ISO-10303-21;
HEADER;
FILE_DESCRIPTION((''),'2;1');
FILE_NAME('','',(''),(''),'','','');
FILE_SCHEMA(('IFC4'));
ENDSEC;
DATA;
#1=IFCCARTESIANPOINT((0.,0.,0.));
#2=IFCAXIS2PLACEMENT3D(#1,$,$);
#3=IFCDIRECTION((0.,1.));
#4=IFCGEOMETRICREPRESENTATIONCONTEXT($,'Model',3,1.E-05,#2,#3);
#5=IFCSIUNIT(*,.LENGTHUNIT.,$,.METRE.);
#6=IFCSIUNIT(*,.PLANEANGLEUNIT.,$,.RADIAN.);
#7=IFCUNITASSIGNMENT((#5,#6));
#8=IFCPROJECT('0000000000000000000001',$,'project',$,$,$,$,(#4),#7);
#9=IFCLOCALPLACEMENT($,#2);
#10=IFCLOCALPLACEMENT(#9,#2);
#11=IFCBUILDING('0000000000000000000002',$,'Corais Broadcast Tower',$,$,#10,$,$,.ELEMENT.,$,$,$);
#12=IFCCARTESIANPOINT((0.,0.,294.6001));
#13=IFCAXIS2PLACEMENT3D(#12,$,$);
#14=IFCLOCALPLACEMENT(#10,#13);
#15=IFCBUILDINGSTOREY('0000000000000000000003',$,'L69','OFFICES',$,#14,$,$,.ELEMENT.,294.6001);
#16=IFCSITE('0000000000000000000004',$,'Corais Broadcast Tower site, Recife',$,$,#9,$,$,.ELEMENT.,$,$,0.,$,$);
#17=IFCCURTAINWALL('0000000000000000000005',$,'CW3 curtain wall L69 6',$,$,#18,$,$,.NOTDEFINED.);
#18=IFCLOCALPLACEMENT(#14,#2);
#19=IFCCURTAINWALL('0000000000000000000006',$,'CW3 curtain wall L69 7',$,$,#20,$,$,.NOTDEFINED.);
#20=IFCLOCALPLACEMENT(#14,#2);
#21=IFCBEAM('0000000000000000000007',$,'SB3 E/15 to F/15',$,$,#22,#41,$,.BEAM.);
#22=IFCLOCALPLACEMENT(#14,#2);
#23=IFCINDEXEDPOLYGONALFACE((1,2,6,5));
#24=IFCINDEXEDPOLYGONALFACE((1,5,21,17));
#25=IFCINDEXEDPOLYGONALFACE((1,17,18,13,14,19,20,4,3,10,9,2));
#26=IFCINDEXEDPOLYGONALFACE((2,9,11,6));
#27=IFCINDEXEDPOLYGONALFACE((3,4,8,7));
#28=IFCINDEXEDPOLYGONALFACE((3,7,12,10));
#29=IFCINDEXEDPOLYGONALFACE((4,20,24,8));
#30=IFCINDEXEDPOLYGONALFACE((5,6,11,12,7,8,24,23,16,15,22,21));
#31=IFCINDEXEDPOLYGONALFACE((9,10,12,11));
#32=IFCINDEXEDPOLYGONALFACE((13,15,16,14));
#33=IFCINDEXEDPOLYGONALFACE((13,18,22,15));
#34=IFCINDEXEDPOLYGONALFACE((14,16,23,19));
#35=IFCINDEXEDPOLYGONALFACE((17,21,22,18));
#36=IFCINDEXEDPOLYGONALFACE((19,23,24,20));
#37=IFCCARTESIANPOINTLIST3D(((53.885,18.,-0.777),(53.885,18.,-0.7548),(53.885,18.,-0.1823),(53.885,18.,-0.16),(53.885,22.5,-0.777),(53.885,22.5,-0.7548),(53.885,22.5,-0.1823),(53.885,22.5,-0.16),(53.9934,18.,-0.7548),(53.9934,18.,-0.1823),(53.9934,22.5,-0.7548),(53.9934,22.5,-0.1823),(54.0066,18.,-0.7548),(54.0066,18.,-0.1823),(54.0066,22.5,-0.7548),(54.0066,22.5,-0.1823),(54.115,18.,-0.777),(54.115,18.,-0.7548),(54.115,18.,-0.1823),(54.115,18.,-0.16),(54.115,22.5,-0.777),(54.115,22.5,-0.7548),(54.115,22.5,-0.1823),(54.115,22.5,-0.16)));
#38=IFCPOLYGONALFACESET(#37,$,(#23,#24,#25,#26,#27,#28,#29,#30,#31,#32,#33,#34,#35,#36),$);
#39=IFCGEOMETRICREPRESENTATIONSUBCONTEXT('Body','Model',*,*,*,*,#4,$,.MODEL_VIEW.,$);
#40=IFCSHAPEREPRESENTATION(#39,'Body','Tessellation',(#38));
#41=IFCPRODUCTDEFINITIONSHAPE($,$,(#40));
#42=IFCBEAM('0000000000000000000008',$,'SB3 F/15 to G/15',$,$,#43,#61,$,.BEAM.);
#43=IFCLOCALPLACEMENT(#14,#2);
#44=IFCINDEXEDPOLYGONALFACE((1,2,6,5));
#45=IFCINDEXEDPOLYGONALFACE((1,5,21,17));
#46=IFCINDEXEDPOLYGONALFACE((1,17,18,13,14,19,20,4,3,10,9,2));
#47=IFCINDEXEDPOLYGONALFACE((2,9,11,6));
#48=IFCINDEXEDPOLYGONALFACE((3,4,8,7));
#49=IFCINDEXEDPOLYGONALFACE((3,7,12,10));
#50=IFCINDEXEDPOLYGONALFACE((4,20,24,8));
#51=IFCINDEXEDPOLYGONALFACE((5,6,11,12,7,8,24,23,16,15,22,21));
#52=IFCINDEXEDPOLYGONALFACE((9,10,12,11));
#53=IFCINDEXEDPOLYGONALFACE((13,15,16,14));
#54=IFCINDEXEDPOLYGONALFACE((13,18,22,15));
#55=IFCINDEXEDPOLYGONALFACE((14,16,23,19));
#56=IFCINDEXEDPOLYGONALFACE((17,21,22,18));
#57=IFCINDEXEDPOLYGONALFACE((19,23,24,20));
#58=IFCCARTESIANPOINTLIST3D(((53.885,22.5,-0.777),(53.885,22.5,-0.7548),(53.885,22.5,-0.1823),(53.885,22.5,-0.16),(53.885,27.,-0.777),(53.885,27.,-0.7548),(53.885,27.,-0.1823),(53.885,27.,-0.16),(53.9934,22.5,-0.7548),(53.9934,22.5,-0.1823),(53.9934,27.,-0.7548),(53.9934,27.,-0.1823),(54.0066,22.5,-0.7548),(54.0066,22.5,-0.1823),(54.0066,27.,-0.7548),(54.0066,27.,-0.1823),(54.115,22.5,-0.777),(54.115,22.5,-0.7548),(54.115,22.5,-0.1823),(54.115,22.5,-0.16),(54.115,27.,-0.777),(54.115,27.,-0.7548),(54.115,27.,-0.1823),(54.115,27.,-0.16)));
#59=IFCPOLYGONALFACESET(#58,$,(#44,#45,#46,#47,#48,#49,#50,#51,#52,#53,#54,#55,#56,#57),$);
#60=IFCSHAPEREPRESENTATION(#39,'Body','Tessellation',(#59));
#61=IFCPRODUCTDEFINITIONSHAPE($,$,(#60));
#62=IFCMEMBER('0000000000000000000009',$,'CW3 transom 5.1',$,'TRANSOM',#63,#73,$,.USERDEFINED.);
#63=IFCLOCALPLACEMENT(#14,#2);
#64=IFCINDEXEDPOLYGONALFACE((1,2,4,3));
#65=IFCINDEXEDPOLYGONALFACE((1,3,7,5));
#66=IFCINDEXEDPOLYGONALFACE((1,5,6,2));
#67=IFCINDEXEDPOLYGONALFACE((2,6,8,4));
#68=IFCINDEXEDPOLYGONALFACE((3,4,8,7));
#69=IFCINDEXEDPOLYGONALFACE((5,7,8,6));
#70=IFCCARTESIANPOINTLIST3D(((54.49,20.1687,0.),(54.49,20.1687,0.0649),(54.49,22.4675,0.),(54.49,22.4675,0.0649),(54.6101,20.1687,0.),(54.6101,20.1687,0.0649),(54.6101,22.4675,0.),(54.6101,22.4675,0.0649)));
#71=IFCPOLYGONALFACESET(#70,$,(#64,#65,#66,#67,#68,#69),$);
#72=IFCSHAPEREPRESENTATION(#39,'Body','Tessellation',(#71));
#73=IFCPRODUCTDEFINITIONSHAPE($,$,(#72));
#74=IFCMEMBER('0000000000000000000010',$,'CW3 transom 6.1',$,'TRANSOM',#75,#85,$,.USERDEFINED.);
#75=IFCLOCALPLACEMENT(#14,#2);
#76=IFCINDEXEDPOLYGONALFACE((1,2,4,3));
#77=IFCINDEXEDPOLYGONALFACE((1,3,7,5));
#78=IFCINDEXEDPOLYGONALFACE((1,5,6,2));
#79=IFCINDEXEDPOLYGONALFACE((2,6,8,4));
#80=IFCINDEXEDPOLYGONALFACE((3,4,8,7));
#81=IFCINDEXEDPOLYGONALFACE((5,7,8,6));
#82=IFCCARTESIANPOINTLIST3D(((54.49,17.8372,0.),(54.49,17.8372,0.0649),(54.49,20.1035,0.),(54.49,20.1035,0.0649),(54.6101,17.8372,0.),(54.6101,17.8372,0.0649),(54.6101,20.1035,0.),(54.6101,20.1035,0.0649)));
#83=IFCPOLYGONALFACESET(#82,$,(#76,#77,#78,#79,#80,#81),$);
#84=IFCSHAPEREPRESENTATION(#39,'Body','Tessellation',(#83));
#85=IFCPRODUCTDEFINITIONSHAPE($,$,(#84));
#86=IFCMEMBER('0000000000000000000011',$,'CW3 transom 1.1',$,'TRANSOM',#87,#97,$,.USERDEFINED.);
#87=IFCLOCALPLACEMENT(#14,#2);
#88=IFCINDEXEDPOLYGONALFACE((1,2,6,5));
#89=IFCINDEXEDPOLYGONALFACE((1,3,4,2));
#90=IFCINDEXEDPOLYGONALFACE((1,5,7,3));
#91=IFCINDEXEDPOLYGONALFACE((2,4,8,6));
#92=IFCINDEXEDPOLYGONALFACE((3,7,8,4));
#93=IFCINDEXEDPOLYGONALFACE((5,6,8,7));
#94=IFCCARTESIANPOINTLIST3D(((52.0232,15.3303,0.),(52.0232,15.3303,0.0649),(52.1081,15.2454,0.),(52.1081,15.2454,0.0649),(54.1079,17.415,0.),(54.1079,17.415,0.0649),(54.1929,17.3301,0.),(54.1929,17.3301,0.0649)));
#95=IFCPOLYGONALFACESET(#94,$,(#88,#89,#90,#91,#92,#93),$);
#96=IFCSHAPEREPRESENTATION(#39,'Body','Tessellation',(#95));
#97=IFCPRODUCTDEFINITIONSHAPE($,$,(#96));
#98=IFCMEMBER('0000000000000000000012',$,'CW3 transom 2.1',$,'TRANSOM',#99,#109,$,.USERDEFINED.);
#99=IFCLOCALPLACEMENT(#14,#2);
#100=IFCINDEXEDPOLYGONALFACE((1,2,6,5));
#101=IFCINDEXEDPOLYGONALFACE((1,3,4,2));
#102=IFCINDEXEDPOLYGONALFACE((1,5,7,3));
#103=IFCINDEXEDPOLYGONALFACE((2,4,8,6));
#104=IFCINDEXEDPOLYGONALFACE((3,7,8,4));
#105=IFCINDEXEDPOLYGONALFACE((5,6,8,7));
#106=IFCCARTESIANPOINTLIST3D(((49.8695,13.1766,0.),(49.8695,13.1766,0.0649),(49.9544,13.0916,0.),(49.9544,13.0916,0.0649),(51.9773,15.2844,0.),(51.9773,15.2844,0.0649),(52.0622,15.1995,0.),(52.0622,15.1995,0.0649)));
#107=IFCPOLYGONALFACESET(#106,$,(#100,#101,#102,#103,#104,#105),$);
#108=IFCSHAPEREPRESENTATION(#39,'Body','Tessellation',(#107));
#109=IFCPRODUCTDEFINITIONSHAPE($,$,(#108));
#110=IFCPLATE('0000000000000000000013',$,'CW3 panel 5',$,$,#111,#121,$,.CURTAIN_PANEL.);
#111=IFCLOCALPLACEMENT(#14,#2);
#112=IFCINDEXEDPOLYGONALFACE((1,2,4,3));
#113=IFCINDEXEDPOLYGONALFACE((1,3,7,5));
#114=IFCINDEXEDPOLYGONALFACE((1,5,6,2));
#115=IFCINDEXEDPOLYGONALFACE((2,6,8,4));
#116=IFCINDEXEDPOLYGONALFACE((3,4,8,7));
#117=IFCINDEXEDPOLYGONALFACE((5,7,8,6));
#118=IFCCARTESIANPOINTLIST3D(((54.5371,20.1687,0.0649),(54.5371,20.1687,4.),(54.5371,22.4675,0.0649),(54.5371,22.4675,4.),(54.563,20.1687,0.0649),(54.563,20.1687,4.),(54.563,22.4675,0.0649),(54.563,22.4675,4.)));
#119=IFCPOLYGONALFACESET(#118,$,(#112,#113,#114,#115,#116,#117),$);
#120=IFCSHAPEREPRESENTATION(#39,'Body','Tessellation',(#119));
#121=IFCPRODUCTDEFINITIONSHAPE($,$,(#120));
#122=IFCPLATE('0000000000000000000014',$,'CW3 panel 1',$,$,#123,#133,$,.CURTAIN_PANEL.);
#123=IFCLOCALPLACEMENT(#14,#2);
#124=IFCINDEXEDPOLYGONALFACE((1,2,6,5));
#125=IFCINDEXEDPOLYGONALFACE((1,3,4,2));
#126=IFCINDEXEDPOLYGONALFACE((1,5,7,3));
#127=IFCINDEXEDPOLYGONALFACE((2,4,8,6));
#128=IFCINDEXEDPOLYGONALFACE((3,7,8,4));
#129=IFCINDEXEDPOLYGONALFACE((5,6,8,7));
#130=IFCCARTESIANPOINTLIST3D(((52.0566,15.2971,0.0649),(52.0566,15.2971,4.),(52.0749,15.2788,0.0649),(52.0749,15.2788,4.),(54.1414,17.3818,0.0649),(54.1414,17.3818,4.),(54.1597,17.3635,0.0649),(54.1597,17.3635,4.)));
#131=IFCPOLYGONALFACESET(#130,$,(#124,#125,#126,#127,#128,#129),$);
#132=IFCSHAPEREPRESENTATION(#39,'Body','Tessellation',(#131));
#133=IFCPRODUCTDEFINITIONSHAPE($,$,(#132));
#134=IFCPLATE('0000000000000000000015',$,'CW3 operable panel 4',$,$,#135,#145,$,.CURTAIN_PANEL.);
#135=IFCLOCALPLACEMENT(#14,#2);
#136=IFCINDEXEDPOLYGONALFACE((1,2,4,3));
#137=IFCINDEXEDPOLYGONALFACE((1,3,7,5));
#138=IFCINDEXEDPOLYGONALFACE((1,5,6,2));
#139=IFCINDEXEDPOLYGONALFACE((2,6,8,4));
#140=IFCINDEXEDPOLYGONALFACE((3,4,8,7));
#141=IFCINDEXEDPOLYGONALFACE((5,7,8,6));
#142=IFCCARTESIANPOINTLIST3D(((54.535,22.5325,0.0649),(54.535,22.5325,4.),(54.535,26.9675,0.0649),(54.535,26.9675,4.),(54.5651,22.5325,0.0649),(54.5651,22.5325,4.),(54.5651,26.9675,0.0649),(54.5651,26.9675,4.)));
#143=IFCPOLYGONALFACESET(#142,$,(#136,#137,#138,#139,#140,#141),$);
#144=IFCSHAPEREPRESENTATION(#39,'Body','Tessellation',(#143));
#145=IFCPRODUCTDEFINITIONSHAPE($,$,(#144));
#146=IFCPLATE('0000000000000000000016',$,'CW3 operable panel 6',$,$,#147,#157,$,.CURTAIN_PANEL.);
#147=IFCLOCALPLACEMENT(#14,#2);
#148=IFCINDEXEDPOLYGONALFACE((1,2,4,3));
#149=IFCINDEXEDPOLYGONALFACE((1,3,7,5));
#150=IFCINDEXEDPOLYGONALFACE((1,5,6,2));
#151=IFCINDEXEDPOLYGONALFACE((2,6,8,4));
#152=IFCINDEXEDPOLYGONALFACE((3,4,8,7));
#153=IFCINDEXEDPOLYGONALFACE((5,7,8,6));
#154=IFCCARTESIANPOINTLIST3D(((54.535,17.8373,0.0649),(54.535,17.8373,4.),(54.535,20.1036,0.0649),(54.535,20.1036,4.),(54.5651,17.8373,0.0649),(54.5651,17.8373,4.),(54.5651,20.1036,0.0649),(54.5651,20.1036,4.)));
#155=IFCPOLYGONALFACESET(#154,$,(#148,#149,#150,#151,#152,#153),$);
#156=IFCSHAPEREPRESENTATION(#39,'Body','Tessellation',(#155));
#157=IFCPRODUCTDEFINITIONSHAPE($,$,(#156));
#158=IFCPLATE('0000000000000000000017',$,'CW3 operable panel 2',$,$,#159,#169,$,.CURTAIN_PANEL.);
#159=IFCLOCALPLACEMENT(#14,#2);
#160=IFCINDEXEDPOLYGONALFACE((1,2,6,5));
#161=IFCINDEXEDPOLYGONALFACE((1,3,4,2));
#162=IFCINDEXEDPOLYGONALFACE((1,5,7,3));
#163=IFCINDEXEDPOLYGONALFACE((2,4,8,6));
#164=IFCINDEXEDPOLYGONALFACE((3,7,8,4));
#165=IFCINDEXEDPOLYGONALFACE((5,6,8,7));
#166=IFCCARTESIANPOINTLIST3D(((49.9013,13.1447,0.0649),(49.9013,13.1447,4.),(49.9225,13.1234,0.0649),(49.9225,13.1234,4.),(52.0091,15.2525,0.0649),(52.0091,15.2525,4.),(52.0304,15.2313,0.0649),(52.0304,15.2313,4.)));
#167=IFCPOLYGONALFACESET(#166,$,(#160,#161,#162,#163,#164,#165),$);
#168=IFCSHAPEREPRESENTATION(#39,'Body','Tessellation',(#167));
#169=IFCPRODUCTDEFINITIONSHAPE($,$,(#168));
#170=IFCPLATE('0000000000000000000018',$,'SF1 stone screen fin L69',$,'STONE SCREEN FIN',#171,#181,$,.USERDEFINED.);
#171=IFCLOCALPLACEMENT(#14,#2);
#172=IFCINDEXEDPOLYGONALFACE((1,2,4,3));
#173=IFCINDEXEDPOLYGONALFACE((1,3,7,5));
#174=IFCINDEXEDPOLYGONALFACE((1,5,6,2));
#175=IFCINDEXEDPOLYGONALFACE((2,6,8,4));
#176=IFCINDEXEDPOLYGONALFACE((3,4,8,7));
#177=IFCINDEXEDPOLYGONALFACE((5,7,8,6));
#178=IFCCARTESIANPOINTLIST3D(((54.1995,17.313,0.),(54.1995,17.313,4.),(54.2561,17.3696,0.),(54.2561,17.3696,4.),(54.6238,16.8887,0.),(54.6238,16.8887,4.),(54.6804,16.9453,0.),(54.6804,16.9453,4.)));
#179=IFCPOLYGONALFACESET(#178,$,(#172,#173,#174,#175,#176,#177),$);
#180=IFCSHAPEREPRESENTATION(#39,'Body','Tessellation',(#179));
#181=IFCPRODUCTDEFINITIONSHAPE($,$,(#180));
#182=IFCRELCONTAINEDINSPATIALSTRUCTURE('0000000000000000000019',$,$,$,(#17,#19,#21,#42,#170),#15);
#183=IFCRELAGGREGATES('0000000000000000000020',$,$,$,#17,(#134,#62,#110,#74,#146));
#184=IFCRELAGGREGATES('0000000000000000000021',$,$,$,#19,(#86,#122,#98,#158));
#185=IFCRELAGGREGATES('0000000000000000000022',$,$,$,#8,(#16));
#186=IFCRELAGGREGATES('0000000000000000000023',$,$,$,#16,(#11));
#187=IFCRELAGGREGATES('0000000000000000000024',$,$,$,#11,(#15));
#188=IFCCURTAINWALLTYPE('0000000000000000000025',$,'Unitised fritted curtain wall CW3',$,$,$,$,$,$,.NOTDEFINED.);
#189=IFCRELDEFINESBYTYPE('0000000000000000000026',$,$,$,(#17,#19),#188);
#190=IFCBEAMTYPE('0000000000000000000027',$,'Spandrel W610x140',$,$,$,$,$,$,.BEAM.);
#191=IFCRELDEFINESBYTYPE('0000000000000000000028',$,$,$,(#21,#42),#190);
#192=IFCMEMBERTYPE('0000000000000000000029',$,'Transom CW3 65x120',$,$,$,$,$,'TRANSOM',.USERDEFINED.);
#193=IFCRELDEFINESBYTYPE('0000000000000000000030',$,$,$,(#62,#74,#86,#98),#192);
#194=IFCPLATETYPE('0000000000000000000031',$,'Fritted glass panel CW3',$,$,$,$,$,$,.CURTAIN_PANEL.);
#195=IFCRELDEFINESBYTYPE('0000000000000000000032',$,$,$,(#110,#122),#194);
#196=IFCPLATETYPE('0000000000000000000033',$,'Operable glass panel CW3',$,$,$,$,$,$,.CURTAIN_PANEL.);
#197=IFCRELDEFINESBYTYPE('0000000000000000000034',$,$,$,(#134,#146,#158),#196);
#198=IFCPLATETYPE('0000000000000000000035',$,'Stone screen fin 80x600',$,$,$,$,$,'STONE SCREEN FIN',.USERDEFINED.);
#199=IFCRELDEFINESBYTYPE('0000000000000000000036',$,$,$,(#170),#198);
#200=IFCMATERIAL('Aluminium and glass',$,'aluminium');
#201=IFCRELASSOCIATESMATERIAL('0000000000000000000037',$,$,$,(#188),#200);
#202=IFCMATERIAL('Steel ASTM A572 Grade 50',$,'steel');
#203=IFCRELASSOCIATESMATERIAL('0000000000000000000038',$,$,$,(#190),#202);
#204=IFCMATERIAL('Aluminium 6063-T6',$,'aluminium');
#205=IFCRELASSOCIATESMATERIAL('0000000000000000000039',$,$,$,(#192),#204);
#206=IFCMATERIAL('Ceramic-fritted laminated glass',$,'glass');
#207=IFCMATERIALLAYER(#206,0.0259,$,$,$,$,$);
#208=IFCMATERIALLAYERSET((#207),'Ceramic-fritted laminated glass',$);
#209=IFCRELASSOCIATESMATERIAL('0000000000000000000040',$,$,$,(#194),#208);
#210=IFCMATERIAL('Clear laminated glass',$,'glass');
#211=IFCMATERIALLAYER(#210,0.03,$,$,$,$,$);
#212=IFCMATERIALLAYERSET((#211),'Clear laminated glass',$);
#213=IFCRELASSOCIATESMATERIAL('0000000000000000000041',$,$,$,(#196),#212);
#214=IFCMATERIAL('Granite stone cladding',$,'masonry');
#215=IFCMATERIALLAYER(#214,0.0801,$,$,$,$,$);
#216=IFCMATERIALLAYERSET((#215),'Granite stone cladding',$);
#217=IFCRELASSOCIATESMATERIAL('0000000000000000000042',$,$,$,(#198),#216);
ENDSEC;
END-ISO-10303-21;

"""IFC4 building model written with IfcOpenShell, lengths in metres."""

from ifc_helpers import new_model, si_unit, direction, frame, origin, origin_2d, place, context, subcontext, project, spatial, rectangle, i_section, extrude, material, layer, layer_set, material_profile, profile_set, type_object, element, aggregate, save


model = new_model("IFC4")

# Units and contexts
model_context = context("Model", 3, precision=1e-05, world=origin(), true_north=direction((0.0, 1.0)))
body_context = subcontext(model_context, "Body", "Model", "MODEL_VIEW")
ifc_project = project(units=[si_unit("LENGTHUNIT", "METRE"), si_unit("PLANEANGLEUNIT", "RADIAN")], contexts=[model_context])

# Site, building, storey
site_placement = place(None, origin())
site = spatial("IfcSite", under=ifc_project, at=site_placement, Name="Corais Broadcast Tower site, Recife", CompositionType="ELEMENT", RefElevation=0.0)
building_placement = place(site_placement, origin())
building = spatial("IfcBuilding", under=site, at=building_placement, Name="Corais Broadcast Tower", CompositionType="ELEMENT")
storey_placement = place(building_placement, frame((0.0, 0.0, 294.6001)))
storey = spatial("IfcBuildingStorey", under=building, at=storey_placement, Name="L69", Description="OFFICES", CompositionType="ELEMENT", Elevation=294.6001)

# Curtain walls
ifc_material_1 = material(Name="Aluminium and glass", Category="aluminium")
curtain_wall_type = type_object("IfcCurtainWallType", Name="Unitised fritted curtain wall CW3", PredefinedType="NOTDEFINED", material=ifc_material_1)
curtain_wall_1_placement = place(storey_placement, origin())
curtain_wall_1 = element("IfcCurtainWall", 1, at=curtain_wall_1_placement, inside=storey, type_object=curtain_wall_type, Name="CW3 curtain wall L69 6", PredefinedType="NOTDEFINED")
curtain_wall_2_placement = place(storey_placement, origin())
curtain_wall_2 = element("IfcCurtainWall", 2, at=curtain_wall_2_placement, inside=storey, type_object=curtain_wall_type, Name="CW3 curtain wall L69 7", PredefinedType="NOTDEFINED")

# Beams
ifc_material_2 = material(Name="Steel ASTM A572 Grade 50", Category="steel")
ifc_material_profile_1 = material_profile(ifc_material_2, i_section(OverallWidth=0.23, OverallDepth=0.6169, WebThickness=0.0132, FlangeThickness=0.0222, at=origin_2d()), Name="W610x140")
ifc_profile_set_1 = profile_set([ifc_material_profile_1], Name="Steel ASTM A572 Grade 50")
beam_type_1 = type_object("IfcBeamType", Name="Spandrel W610x140", PredefinedType="BEAM", material=ifc_profile_set_1)
for number, where, z_axis, x_axis, name in (
    (3, (54.0, 18.0, -0.4685), (0.0, 1.0, 0.0), (-1.0, 0.0, 0.0), "SB3 E/15 to F/15"),
    (4, (54.0, 22.5, -0.4685), (0.0, 1.0, 0.0), (-1.0, 0.0, 0.0), "SB3 F/15 to G/15"),
):
    element("IfcBeam", number, at=place(storey_placement, frame(where, z_axis=z_axis, x_axis=x_axis)), inside=storey, type_object=beam_type_1, Name=name, PredefinedType="BEAM", context=body_context, shape_type="SweptSolid", body=[
        extrude(i_section(OverallWidth=0.23, OverallDepth=0.6169, WebThickness=0.0132, FlangeThickness=0.0222, at=origin_2d()), origin(), (0.0, 0.0, 1.0), 4.5),
    ])

# Members
ifc_material_3 = material(Name="Aluminium 6063-T6", Category="aluminium")
ifc_material_profile_2 = material_profile(ifc_material_3, rectangle(XDim=0.1201, YDim=0.0649, at=origin_2d()), Name="Transom CW3 65x120")
ifc_profile_set_2 = profile_set([ifc_material_profile_2], Name="Aluminium 6063-T6")
member_type_1 = type_object("IfcMemberType", Name="Transom CW3 65x120", ElementType="TRANSOM", PredefinedType="USERDEFINED", material=ifc_profile_set_2)
member_1_placement = place(storey_placement, frame((54.55, 22.4675, 0.0325), z_axis=(0.0, -1.0, 0.0), x_axis=(1.0, 0.0, 0.0)))
member_1 = element("IfcMember", 5, at=member_1_placement, type_object=member_type_1, Name="CW3 transom 5.1", ObjectType="TRANSOM", PredefinedType="USERDEFINED", context=body_context, shape_type="SweptSolid", body=[
    extrude(rectangle(XDim=0.1201, YDim=0.0649, at=origin_2d()), origin(), (0.0, 0.0, 1.0), 2.2988),
])
member_2_placement = place(storey_placement, frame((54.55, 20.1035, 0.0325), z_axis=(0.0, -1.0, 0.0), x_axis=(1.0, 0.0, 0.0)))
member_2 = element("IfcMember", 6, at=member_2_placement, type_object=member_type_1, Name="CW3 transom 6.1", ObjectType="TRANSOM", PredefinedType="USERDEFINED", context=body_context, shape_type="SweptSolid", body=[
    extrude(rectangle(XDim=0.1201, YDim=0.0649, at=origin_2d()), origin(), (0.0, 0.0, 1.0), 2.2664),
])
member_3_placement = place(storey_placement, frame((54.1504, 17.3726, 0.0325), z_axis=(-0.707107, -0.707107, 0.0), x_axis=(0.707107, -0.707107, 0.0)))
member_3 = element("IfcMember", 7, at=member_3_placement, type_object=member_type_1, Name="CW3 transom 1.1", ObjectType="TRANSOM", PredefinedType="USERDEFINED", context=body_context, shape_type="SweptSolid", body=[
    extrude(rectangle(XDim=0.1201, YDim=0.0649, at=origin_2d()), origin(), (0.0, 0.0, 1.0), 2.9482),
])
member_4_placement = place(storey_placement, frame((52.0198, 15.2419, 0.0325), z_axis=(-0.707107, -0.707107, 0.0), x_axis=(0.707107, -0.707107, 0.0)))
member_4 = element("IfcMember", 8, at=member_4_placement, type_object=member_type_1, Name="CW3 transom 2.1", ObjectType="TRANSOM", PredefinedType="USERDEFINED", context=body_context, shape_type="SweptSolid", body=[
    extrude(rectangle(XDim=0.1201, YDim=0.0649, at=origin_2d()), origin(), (0.0, 0.0, 1.0), 2.981),
])

# Plates
ifc_material_4 = material(Name="Ceramic-fritted laminated glass", Category="glass")
ifc_layer_1 = layer(ifc_material_4, 0.0259)
ifc_layer_set_1 = layer_set([ifc_layer_1], Name="Ceramic-fritted laminated glass")
plate_type_1 = type_object("IfcPlateType", Name="Fritted glass panel CW3", PredefinedType="CURTAIN_PANEL", material=ifc_layer_set_1)
plate_1_placement = place(storey_placement, frame((54.55, 21.3181, 0.0649), z_axis=(0.0, 0.0, 1.0), x_axis=(0.0, -1.0, 0.0)))
plate_1 = element("IfcPlate", 9, at=plate_1_placement, type_object=plate_type_1, Name="CW3 panel 5", PredefinedType="CURTAIN_PANEL", context=body_context, shape_type="SweptSolid", body=[
    extrude(rectangle(XDim=2.2988, YDim=0.0259, at=origin_2d()), origin(), (0.0, 0.0, 1.0), 3.9351),
])
plate_2_placement = place(storey_placement, frame((53.1082, 16.3303, 0.0649), z_axis=(0.0, 0.0, 1.0), x_axis=(-0.707107, -0.707107, 0.0)))
plate_2 = element("IfcPlate", 10, at=plate_2_placement, type_object=plate_type_1, Name="CW3 panel 1", PredefinedType="CURTAIN_PANEL", context=body_context, shape_type="SweptSolid", body=[
    extrude(rectangle(XDim=2.9482, YDim=0.0259, at=origin_2d()), origin(), (0.0, 0.0, 1.0), 3.9351),
])
ifc_material_5 = material(Name="Clear laminated glass", Category="glass")
ifc_layer_2 = layer(ifc_material_5, 0.03)
ifc_layer_set_2 = layer_set([ifc_layer_2], Name="Clear laminated glass")
plate_type_2 = type_object("IfcPlateType", Name="Operable glass panel CW3", PredefinedType="CURTAIN_PANEL", material=ifc_layer_set_2)
plate_3_placement = place(storey_placement, frame((54.55, 24.75, 0.0649), z_axis=(0.0, 0.0, 1.0), x_axis=(0.0, -1.0, 0.0)))
plate_3 = element("IfcPlate", 11, at=plate_3_placement, type_object=plate_type_2, Name="CW3 operable panel 4", PredefinedType="CURTAIN_PANEL", context=body_context, shape_type="SweptSolid", body=[
    extrude(rectangle(XDim=4.4351, YDim=0.03, at=origin_2d()), origin(), (0.0, 0.0, 1.0), 3.9351),
])
plate_4_placement = place(storey_placement, frame((54.55, 18.9705, 0.0649), z_axis=(0.0, 0.0, 1.0), x_axis=(0.0, -1.0, 0.0)))
plate_4 = element("IfcPlate", 12, at=plate_4_placement, type_object=plate_type_2, Name="CW3 operable panel 6", PredefinedType="CURTAIN_PANEL", context=body_context, shape_type="SweptSolid", body=[
    extrude(rectangle(XDim=2.2664, YDim=0.03, at=origin_2d()), origin(), (0.0, 0.0, 1.0), 3.9351),
])
aggregate(curtain_wall_1, [plate_3, member_1, plate_1, member_2, plate_4])
plate_5_placement = place(storey_placement, frame((50.9658, 14.188, 0.0649), z_axis=(0.0, 0.0, 1.0), x_axis=(-0.707107, -0.707107, 0.0)))
plate_5 = element("IfcPlate", 13, at=plate_5_placement, type_object=plate_type_2, Name="CW3 operable panel 2", PredefinedType="CURTAIN_PANEL", context=body_context, shape_type="SweptSolid", body=[
    extrude(rectangle(XDim=2.981, YDim=0.03, at=origin_2d()), origin(), (0.0, 0.0, 1.0), 3.9351),
])
aggregate(curtain_wall_2, [member_3, plate_2, member_4, plate_5])
ifc_material_6 = material(Name="Granite stone cladding", Category="masonry")
ifc_layer_3 = layer(ifc_material_6, 0.0801)
ifc_layer_set_3 = layer_set([ifc_layer_3], Name="Granite stone cladding")
plate_type_3 = type_object("IfcPlateType", Name="Stone screen fin 80x600", ElementType="STONE SCREEN FIN", PredefinedType="USERDEFINED", material=ifc_layer_set_3)
plate_6_placement = place(storey_placement, frame((54.4399, 17.1292, 0.0), z_axis=(0.0, 0.0, 1.0), x_axis=(-0.707107, -0.707107, 0.0)))
element("IfcPlate", 14, at=plate_6_placement, inside=storey, type_object=plate_type_3, Name="SF1 stone screen fin L69", ObjectType="STONE SCREEN FIN", PredefinedType="USERDEFINED", context=body_context, shape_type="SweptSolid", body=[
    extrude(rectangle(XDim=0.0801, YDim=0.6001, at=origin_2d()), origin(), (0.0, 0.0, 1.0), 4.0),
])

save(model, "model.ifc")
